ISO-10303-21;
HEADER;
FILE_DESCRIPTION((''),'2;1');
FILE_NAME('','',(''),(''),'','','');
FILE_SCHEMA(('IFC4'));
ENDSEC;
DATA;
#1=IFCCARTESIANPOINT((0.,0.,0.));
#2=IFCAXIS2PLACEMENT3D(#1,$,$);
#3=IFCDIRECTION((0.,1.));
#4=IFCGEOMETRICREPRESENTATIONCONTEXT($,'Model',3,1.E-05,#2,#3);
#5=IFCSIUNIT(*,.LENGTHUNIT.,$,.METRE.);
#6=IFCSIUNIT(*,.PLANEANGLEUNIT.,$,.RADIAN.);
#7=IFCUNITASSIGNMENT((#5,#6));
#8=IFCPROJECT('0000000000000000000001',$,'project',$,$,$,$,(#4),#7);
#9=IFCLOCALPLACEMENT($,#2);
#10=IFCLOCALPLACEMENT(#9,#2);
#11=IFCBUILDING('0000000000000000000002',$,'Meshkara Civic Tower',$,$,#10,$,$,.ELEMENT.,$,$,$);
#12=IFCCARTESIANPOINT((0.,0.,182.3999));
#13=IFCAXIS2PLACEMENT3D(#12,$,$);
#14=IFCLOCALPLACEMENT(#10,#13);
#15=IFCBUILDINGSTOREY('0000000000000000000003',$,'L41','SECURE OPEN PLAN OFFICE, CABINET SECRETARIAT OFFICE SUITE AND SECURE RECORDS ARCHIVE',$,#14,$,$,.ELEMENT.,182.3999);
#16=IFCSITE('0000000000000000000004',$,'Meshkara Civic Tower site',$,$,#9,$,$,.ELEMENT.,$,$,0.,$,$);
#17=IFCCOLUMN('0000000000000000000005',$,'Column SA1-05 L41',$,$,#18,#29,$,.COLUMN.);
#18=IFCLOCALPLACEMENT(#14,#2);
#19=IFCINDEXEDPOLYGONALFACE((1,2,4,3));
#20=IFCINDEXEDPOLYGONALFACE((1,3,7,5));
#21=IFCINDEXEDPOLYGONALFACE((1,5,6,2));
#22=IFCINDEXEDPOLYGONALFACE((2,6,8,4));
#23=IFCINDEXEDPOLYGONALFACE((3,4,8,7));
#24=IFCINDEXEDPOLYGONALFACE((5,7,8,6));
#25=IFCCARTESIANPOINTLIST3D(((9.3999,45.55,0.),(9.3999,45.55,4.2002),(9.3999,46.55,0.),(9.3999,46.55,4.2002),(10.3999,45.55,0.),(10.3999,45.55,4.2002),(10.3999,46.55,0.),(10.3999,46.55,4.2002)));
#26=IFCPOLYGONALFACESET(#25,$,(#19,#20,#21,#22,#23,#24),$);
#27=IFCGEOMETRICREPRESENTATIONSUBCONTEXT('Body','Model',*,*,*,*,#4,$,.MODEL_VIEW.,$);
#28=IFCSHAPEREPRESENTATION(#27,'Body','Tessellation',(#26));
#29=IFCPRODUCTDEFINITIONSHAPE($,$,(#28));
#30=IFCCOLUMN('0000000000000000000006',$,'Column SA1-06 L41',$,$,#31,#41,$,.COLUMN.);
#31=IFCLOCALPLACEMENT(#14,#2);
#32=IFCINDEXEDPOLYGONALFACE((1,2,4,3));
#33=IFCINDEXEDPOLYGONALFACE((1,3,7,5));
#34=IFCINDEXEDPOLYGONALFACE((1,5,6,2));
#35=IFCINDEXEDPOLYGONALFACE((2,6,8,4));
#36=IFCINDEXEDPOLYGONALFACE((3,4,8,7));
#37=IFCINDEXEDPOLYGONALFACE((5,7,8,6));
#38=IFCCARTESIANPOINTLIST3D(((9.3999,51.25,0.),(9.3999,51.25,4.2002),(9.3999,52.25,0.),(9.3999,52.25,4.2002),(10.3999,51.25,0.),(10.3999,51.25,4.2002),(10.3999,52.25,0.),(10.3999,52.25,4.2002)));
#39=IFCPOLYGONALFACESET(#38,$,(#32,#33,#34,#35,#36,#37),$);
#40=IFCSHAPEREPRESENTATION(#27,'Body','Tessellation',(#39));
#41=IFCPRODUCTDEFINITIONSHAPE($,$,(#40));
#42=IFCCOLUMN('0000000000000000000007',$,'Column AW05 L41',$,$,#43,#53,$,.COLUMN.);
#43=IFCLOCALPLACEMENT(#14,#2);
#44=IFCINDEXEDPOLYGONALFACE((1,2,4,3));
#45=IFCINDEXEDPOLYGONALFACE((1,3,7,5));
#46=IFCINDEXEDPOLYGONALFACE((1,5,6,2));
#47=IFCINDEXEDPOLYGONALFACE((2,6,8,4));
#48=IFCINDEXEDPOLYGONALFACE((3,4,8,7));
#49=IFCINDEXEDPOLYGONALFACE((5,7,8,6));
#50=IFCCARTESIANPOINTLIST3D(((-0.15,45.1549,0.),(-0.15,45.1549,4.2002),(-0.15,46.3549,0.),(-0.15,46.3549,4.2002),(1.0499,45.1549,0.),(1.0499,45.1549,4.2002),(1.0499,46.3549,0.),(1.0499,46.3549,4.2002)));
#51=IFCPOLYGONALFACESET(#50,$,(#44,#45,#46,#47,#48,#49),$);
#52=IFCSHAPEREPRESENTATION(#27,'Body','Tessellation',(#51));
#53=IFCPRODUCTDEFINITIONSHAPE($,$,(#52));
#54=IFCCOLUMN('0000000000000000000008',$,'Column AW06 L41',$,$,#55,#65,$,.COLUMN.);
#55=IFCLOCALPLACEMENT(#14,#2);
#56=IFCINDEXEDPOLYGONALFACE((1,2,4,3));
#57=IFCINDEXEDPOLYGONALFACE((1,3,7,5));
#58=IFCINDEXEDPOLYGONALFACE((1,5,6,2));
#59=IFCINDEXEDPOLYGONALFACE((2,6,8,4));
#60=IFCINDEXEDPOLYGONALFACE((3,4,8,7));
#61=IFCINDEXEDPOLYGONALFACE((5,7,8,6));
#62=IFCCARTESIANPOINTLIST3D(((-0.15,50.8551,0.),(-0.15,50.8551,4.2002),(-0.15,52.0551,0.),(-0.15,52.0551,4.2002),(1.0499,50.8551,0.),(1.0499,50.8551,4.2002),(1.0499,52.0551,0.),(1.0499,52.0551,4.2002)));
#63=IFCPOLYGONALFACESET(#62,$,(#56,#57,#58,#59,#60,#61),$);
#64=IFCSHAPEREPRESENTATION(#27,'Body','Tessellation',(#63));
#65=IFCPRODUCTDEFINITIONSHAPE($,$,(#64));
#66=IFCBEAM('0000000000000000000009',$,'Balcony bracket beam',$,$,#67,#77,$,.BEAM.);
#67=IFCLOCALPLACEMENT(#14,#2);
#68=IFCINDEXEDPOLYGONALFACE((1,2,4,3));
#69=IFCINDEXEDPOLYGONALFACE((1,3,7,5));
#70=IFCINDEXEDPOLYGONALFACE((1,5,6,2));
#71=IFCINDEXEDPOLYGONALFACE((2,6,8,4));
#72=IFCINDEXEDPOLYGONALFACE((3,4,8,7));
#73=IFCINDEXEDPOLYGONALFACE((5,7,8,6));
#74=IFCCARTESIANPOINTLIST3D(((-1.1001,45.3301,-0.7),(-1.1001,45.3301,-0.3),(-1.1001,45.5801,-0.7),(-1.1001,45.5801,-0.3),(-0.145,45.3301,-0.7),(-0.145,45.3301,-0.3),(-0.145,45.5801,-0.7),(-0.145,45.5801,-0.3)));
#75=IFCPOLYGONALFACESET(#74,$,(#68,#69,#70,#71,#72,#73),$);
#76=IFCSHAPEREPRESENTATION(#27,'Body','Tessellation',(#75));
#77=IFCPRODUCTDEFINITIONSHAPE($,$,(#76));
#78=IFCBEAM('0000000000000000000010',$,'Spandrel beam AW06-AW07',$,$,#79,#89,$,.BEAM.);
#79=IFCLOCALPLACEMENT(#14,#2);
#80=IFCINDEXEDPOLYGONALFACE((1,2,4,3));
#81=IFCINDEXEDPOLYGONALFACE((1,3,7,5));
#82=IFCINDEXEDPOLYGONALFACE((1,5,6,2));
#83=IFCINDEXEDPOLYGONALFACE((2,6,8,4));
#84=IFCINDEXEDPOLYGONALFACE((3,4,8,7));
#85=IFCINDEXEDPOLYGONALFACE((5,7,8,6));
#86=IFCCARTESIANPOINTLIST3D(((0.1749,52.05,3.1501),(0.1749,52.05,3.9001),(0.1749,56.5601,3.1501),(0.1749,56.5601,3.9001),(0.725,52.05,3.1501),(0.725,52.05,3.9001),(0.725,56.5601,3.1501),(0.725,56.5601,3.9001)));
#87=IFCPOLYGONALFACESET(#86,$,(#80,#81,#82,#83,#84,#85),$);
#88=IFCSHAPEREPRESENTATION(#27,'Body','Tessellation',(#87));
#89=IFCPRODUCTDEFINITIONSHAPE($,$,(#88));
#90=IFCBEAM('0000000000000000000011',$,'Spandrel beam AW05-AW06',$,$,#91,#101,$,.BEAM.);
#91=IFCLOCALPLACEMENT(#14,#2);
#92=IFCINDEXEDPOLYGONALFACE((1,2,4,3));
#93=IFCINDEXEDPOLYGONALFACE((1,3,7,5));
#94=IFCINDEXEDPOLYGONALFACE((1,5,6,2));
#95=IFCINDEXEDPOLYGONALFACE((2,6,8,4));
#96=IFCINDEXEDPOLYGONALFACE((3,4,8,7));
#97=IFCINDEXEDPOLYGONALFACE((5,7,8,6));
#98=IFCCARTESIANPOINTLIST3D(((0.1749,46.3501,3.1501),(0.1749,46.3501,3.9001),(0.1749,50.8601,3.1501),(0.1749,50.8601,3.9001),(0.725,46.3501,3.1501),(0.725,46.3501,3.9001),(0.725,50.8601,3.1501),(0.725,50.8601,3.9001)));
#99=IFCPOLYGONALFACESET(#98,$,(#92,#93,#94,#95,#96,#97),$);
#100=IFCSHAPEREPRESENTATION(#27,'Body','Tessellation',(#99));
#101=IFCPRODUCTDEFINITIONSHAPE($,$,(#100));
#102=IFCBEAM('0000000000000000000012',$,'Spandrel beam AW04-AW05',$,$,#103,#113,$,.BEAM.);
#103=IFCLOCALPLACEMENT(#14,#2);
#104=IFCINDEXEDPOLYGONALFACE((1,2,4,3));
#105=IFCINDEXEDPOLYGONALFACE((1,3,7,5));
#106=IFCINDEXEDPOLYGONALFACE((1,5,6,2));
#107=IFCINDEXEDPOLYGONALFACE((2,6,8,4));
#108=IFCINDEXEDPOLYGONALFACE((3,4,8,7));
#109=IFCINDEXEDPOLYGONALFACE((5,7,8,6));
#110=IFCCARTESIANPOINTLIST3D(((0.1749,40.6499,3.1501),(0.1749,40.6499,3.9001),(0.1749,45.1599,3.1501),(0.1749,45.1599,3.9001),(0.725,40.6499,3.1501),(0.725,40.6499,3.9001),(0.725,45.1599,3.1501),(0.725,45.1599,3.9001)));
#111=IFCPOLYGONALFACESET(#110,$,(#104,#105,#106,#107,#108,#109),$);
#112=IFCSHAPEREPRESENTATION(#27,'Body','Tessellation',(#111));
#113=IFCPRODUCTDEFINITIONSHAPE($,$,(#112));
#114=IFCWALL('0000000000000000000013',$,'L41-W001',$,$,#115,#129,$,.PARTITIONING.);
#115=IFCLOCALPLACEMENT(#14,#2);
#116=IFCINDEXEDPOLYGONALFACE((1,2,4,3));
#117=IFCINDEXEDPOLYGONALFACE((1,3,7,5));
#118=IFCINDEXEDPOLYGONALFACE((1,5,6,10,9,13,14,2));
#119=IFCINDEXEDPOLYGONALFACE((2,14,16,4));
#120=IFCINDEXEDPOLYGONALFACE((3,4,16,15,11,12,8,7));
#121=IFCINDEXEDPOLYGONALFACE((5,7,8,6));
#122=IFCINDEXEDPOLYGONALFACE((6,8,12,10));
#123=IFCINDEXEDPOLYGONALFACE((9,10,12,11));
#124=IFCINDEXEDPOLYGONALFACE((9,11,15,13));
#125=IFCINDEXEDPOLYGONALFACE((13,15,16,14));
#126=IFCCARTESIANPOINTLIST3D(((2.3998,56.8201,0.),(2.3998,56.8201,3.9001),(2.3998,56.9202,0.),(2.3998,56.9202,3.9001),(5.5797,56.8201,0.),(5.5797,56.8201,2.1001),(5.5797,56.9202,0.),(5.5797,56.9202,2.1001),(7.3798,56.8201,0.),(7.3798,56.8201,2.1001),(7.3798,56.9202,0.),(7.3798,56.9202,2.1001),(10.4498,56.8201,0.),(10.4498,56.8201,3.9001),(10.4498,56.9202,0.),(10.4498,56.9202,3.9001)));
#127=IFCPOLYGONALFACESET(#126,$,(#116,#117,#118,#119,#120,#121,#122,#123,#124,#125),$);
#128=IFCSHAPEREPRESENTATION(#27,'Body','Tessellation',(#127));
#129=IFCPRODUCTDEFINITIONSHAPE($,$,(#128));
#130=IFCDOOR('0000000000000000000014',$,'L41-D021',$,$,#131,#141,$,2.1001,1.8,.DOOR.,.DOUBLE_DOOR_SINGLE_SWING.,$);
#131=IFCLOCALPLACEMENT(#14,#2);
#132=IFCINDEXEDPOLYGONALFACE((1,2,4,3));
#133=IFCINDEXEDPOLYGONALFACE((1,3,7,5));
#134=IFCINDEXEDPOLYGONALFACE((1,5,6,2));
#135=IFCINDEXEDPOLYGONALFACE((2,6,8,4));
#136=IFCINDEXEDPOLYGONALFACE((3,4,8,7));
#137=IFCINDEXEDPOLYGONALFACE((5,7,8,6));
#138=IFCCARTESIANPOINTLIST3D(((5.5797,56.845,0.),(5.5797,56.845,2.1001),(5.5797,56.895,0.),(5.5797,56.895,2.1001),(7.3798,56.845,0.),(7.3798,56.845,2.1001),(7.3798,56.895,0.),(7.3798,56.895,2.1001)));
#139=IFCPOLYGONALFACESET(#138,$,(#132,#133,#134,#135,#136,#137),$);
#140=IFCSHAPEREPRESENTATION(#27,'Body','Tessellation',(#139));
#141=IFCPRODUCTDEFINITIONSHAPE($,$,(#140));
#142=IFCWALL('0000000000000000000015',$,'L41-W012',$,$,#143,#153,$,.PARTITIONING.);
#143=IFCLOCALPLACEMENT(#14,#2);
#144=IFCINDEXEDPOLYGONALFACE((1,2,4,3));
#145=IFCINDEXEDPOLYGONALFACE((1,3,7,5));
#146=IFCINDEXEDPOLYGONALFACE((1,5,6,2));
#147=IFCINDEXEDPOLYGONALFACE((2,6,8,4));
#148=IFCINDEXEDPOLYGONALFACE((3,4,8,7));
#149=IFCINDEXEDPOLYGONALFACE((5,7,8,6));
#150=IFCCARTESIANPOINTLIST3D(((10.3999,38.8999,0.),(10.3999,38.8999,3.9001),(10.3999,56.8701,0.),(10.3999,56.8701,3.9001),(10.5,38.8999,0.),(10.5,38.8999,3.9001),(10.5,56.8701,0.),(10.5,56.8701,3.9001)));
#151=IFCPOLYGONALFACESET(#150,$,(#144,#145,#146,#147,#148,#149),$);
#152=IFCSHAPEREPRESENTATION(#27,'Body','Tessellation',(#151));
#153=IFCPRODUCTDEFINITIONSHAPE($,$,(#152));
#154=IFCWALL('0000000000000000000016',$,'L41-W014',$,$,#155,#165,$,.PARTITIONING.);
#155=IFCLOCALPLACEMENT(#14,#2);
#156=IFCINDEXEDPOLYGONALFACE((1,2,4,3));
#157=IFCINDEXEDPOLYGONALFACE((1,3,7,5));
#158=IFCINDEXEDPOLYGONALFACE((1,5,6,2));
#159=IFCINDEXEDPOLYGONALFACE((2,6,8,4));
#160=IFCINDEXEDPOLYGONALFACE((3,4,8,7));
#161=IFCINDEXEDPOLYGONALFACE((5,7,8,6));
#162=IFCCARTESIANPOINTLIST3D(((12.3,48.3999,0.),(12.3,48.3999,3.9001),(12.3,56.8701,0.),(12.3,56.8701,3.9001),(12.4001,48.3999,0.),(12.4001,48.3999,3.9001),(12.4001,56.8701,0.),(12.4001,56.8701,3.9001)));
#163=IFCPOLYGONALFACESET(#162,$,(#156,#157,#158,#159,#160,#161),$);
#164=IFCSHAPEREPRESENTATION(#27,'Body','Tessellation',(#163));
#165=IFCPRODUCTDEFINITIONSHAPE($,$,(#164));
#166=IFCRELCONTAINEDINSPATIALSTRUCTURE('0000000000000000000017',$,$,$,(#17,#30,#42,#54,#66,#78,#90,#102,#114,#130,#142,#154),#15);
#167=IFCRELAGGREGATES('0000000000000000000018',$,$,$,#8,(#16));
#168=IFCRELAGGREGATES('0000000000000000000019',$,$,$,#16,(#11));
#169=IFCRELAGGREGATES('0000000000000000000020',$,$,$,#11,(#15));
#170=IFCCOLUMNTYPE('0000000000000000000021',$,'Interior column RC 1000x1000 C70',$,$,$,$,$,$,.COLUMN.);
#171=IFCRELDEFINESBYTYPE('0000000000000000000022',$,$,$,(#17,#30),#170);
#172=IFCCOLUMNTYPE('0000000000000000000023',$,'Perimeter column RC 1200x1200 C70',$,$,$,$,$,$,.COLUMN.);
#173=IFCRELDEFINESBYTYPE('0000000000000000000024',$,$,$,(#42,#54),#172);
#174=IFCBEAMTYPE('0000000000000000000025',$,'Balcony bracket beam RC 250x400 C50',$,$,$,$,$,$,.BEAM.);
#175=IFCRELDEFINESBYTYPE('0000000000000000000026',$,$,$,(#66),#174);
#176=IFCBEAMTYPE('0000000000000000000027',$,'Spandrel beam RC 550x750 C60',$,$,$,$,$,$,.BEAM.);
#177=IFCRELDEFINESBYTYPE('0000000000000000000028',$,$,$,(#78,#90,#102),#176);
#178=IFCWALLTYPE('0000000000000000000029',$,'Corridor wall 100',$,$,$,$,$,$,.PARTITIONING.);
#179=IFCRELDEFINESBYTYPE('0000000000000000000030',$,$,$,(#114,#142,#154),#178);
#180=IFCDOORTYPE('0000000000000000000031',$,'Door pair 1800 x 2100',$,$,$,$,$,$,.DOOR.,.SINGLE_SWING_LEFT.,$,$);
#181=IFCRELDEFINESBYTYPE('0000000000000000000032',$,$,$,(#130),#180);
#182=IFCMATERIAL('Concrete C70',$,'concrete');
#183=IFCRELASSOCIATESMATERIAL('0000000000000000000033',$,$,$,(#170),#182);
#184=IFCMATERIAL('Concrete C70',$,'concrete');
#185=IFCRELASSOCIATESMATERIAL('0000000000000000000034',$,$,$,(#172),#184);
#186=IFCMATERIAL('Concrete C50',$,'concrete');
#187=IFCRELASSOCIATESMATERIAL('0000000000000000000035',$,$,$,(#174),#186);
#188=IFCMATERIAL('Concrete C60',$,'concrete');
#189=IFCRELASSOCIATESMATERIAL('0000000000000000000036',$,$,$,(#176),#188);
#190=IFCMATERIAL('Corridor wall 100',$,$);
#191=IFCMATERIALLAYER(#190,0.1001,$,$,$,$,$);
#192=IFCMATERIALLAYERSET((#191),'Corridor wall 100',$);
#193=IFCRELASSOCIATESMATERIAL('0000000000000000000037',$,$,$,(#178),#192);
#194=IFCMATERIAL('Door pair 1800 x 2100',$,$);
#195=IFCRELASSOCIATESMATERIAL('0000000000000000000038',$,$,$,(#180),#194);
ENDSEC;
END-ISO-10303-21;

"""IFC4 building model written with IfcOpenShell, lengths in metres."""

from ifc_helpers import new_model, si_unit, direction, frame, frame_2d, origin, origin_2d, place, context, subcontext, project, spatial, rectangle, extrude, material, layer, layer_set, material_profile, profile_set, type_object, element, fill, save


model = new_model("IFC4")

# Units and contexts
model_context = context("Model", 3, precision=1e-05, world=origin(), true_north=direction((0.0, 1.0)))
body_context = subcontext(model_context, "Body", "Model", "MODEL_VIEW")
ifc_project = project(units=[si_unit("LENGTHUNIT", "METRE"), si_unit("PLANEANGLEUNIT", "RADIAN")], contexts=[model_context])

# Site, building, storey
site_placement = place(None, origin())
site = spatial("IfcSite", under=ifc_project, at=site_placement, Name="Meshkara Civic Tower site", CompositionType="ELEMENT", RefElevation=0.0)
building_placement = place(site_placement, origin())
building = spatial("IfcBuilding", under=site, at=building_placement, Name="Meshkara Civic Tower", CompositionType="ELEMENT")
storey_placement = place(building_placement, frame((0.0, 0.0, 182.3999)))
storey = spatial("IfcBuildingStorey", under=building, at=storey_placement, Name="L41", Description="SECURE OPEN PLAN OFFICE, CABINET SECRETARIAT OFFICE SUITE AND SECURE RECORDS ARCHIVE", CompositionType="ELEMENT", Elevation=182.3999)

# Columns
ifc_material_1 = material(Name="Concrete C70", Category="concrete")
ifc_material_profile_1 = material_profile(ifc_material_1, rectangle(XDim=1.0, YDim=1.0, at=origin_2d()))
ifc_profile_set_1 = profile_set([ifc_material_profile_1], Name="Concrete C70")
column_type_1 = type_object("IfcColumnType", Name="Interior column RC 1000x1000 C70", PredefinedType="COLUMN", material=ifc_profile_set_1)
for number, where, z_axis, x_axis, name in (
    (1, (9.8999, 46.05, 0.0), (0.0, 0.0, 1.0), (1.0, 0.0, 0.0), "Column SA1-05 L41"),
    (2, (9.8999, 51.75, 0.0), (0.0, 0.0, 1.0), (1.0, 0.0, 0.0), "Column SA1-06 L41"),
):
    element("IfcColumn", number, at=place(storey_placement, frame(where, z_axis=z_axis, x_axis=x_axis)), inside=storey, type_object=column_type_1, Name=name, PredefinedType="COLUMN", context=body_context, shape_type="SweptSolid", body=[
        extrude(rectangle(XDim=1.0, YDim=1.0, at=origin_2d()), origin(), (0.0, 0.0, 1.0), 4.2002),
    ])
ifc_material_2 = material(Name="Concrete C70", Category="concrete")
ifc_material_profile_2 = material_profile(ifc_material_2, rectangle(XDim=1.2, YDim=1.2, at=origin_2d()))
ifc_profile_set_2 = profile_set([ifc_material_profile_2], Name="Concrete C70")
column_type_2 = type_object("IfcColumnType", Name="Perimeter column RC 1200x1200 C70", PredefinedType="COLUMN", material=ifc_profile_set_2)
for number, where, z_axis, x_axis, name in (
    (3, (0.45, 45.7549, 0.0), (0.0, 0.0, 1.0), (1.0, 0.0, 0.0), "Column AW05 L41"),
    (4, (0.45, 51.4551, 0.0), (0.0, 0.0, 1.0), (1.0, 0.0, 0.0), "Column AW06 L41"),
):
    element("IfcColumn", number, at=place(storey_placement, frame(where, z_axis=z_axis, x_axis=x_axis)), inside=storey, type_object=column_type_2, Name=name, PredefinedType="COLUMN", context=body_context, shape_type="SweptSolid", body=[
        extrude(rectangle(XDim=1.2, YDim=1.2, at=origin_2d()), origin(), (0.0, 0.0, 1.0), 4.2002),
    ])

# Beams
ifc_material_3 = material(Name="Concrete C50", Category="concrete")
ifc_material_profile_3 = material_profile(ifc_material_3, rectangle(XDim=0.25, YDim=0.3999, at=origin_2d()))
ifc_profile_set_3 = profile_set([ifc_material_profile_3], Name="Concrete C50")
beam_type_1 = type_object("IfcBeamType", Name="Balcony bracket beam RC 250x400 C50", PredefinedType="BEAM", material=ifc_profile_set_3)
beam_placement = place(storey_placement, frame((-0.145, 45.4551, -0.5), z_axis=(-1.0, 0.0, 0.0), x_axis=(0.0, -1.0, 0.0)))
element("IfcBeam", 5, at=beam_placement, inside=storey, type_object=beam_type_1, Name="Balcony bracket beam", PredefinedType="BEAM", context=body_context, shape_type="SweptSolid", body=[
    extrude(rectangle(XDim=0.25, YDim=0.3999, at=origin_2d()), origin(), (0.0, 0.0, 1.0), 0.9551),
])
ifc_material_4 = material(Name="Concrete C60", Category="concrete")
ifc_material_profile_4 = material_profile(ifc_material_4, rectangle(XDim=0.55, YDim=0.75, at=origin_2d()))
ifc_profile_set_4 = profile_set([ifc_material_profile_4], Name="Concrete C60")
beam_type_2 = type_object("IfcBeamType", Name="Spandrel beam RC 550x750 C60", PredefinedType="BEAM", material=ifc_profile_set_4)
for number, where, z_axis, x_axis, name in (
    (6, (0.45, 56.5601, 3.5251), (0.0, -1.0, 0.0), (1.0, 0.0, 0.0), "Spandrel beam AW06-AW07"),
    (7, (0.45, 50.8601, 3.5251), (0.0, -1.0, 0.0), (1.0, 0.0, 0.0), "Spandrel beam AW05-AW06"),
    (8, (0.45, 45.1599, 3.5251), (0.0, -1.0, 0.0), (1.0, 0.0, 0.0), "Spandrel beam AW04-AW05"),
):
    element("IfcBeam", number, at=place(storey_placement, frame(where, z_axis=z_axis, x_axis=x_axis)), inside=storey, type_object=beam_type_2, Name=name, PredefinedType="BEAM", context=body_context, shape_type="SweptSolid", body=[
        extrude(rectangle(XDim=0.55, YDim=0.75, at=origin_2d()), origin(), (0.0, 0.0, 1.0), 4.51),
    ])

# Wall, opening, door
ifc_material_5 = material(Name="Corridor wall 100")
ifc_layer_1 = layer(ifc_material_5, 0.1001)
ifc_layer_set_1 = layer_set([ifc_layer_1], Name="Corridor wall 100")
wall_type_1 = type_object("IfcWallType", Name="Corridor wall 100", PredefinedType="PARTITIONING", material=ifc_layer_set_1)
wall_1_placement = place(storey_placement, frame((2.3999, 56.8701, 0.0), z_axis=(0.0, 0.0, 1.0), x_axis=(1.0, 0.0, 0.0)))
wall_1 = element("IfcWall", 9, at=wall_1_placement, inside=storey, type_object=wall_type_1, Name="L41-W001", PredefinedType="PARTITIONING", context=body_context, shape_type="SweptSolid", body=[
    extrude(rectangle(XDim=8.05, YDim=0.1001, at=frame_2d((4.0249, 0.0))), origin(), (0.0, 0.0, 1.0), 3.9001),
])
opening_1_placement = place(wall_1_placement, frame((3.1799, 0.0, 0.0)))
opening_1 = element("IfcOpeningElement", 10, at=opening_1_placement, cuts=wall_1, PredefinedType="OPENING", context=body_context, shape_type="SweptSolid", body=[
    extrude(rectangle(XDim=1.8, YDim=2.1001, at=frame_2d((0.8999, 1.05))), frame((0.0, 0.0601, 0.0), z_axis=(0.0, -1.0, 0.0), x_axis=(1.0, 0.0, 0.0)), (0.0, 0.0, 1.0), 0.1201),
])
ifc_material_6 = material(Name="Door pair 1800 x 2100")
door_type_1 = type_object("IfcDoorType", Name="Door pair 1800 x 2100", OperationType="SINGLE_SWING_LEFT", PredefinedType="DOOR", material=ifc_material_6)
door_1_placement = place(opening_1_placement, origin())
door_1 = element("IfcDoor", 11, at=door_1_placement, inside=storey, type_object=door_type_1, Name="L41-D021", OperationType="DOUBLE_DOOR_SINGLE_SWING", OverallHeight=2.1001, OverallWidth=1.8, PredefinedType="DOOR", context=body_context, shape_type="SweptSolid", body=[
    extrude(rectangle(XDim=1.8, YDim=2.1001, at=frame_2d((0.8999, 1.05))), frame((0.0, 0.0249, 0.0), z_axis=(0.0, -1.0, 0.0), x_axis=(1.0, 0.0, 0.0)), (0.0, 0.0, 1.0), 0.05),
])
fill(opening_1, door_1)

# Walls
wall_2_placement = place(storey_placement, frame((10.45, 56.8701, 0.0), z_axis=(0.0, 0.0, 1.0), x_axis=(0.0, -1.0, 0.0)))
element("IfcWall", 12, at=wall_2_placement, inside=storey, type_object=wall_type_1, Name="L41-W012", PredefinedType="PARTITIONING", context=body_context, shape_type="SweptSolid", body=[
    extrude(rectangle(XDim=17.9702, YDim=0.1001, at=frame_2d((8.9851, 0.0))), origin(), (0.0, 0.0, 1.0), 3.9001),
])
wall_3_placement = place(storey_placement, frame((12.3501, 48.3999, 0.0), z_axis=(0.0, 0.0, 1.0), x_axis=(0.0, 1.0, 0.0)))
element("IfcWall", 13, at=wall_3_placement, inside=storey, type_object=wall_type_1, Name="L41-W014", PredefinedType="PARTITIONING", context=body_context, shape_type="SweptSolid", body=[
    extrude(rectangle(XDim=8.4702, YDim=0.1001, at=frame_2d((4.2351, 0.0))), origin(), (0.0, 0.0, 1.0), 3.9001),
])

save(model, "model.ifc")
